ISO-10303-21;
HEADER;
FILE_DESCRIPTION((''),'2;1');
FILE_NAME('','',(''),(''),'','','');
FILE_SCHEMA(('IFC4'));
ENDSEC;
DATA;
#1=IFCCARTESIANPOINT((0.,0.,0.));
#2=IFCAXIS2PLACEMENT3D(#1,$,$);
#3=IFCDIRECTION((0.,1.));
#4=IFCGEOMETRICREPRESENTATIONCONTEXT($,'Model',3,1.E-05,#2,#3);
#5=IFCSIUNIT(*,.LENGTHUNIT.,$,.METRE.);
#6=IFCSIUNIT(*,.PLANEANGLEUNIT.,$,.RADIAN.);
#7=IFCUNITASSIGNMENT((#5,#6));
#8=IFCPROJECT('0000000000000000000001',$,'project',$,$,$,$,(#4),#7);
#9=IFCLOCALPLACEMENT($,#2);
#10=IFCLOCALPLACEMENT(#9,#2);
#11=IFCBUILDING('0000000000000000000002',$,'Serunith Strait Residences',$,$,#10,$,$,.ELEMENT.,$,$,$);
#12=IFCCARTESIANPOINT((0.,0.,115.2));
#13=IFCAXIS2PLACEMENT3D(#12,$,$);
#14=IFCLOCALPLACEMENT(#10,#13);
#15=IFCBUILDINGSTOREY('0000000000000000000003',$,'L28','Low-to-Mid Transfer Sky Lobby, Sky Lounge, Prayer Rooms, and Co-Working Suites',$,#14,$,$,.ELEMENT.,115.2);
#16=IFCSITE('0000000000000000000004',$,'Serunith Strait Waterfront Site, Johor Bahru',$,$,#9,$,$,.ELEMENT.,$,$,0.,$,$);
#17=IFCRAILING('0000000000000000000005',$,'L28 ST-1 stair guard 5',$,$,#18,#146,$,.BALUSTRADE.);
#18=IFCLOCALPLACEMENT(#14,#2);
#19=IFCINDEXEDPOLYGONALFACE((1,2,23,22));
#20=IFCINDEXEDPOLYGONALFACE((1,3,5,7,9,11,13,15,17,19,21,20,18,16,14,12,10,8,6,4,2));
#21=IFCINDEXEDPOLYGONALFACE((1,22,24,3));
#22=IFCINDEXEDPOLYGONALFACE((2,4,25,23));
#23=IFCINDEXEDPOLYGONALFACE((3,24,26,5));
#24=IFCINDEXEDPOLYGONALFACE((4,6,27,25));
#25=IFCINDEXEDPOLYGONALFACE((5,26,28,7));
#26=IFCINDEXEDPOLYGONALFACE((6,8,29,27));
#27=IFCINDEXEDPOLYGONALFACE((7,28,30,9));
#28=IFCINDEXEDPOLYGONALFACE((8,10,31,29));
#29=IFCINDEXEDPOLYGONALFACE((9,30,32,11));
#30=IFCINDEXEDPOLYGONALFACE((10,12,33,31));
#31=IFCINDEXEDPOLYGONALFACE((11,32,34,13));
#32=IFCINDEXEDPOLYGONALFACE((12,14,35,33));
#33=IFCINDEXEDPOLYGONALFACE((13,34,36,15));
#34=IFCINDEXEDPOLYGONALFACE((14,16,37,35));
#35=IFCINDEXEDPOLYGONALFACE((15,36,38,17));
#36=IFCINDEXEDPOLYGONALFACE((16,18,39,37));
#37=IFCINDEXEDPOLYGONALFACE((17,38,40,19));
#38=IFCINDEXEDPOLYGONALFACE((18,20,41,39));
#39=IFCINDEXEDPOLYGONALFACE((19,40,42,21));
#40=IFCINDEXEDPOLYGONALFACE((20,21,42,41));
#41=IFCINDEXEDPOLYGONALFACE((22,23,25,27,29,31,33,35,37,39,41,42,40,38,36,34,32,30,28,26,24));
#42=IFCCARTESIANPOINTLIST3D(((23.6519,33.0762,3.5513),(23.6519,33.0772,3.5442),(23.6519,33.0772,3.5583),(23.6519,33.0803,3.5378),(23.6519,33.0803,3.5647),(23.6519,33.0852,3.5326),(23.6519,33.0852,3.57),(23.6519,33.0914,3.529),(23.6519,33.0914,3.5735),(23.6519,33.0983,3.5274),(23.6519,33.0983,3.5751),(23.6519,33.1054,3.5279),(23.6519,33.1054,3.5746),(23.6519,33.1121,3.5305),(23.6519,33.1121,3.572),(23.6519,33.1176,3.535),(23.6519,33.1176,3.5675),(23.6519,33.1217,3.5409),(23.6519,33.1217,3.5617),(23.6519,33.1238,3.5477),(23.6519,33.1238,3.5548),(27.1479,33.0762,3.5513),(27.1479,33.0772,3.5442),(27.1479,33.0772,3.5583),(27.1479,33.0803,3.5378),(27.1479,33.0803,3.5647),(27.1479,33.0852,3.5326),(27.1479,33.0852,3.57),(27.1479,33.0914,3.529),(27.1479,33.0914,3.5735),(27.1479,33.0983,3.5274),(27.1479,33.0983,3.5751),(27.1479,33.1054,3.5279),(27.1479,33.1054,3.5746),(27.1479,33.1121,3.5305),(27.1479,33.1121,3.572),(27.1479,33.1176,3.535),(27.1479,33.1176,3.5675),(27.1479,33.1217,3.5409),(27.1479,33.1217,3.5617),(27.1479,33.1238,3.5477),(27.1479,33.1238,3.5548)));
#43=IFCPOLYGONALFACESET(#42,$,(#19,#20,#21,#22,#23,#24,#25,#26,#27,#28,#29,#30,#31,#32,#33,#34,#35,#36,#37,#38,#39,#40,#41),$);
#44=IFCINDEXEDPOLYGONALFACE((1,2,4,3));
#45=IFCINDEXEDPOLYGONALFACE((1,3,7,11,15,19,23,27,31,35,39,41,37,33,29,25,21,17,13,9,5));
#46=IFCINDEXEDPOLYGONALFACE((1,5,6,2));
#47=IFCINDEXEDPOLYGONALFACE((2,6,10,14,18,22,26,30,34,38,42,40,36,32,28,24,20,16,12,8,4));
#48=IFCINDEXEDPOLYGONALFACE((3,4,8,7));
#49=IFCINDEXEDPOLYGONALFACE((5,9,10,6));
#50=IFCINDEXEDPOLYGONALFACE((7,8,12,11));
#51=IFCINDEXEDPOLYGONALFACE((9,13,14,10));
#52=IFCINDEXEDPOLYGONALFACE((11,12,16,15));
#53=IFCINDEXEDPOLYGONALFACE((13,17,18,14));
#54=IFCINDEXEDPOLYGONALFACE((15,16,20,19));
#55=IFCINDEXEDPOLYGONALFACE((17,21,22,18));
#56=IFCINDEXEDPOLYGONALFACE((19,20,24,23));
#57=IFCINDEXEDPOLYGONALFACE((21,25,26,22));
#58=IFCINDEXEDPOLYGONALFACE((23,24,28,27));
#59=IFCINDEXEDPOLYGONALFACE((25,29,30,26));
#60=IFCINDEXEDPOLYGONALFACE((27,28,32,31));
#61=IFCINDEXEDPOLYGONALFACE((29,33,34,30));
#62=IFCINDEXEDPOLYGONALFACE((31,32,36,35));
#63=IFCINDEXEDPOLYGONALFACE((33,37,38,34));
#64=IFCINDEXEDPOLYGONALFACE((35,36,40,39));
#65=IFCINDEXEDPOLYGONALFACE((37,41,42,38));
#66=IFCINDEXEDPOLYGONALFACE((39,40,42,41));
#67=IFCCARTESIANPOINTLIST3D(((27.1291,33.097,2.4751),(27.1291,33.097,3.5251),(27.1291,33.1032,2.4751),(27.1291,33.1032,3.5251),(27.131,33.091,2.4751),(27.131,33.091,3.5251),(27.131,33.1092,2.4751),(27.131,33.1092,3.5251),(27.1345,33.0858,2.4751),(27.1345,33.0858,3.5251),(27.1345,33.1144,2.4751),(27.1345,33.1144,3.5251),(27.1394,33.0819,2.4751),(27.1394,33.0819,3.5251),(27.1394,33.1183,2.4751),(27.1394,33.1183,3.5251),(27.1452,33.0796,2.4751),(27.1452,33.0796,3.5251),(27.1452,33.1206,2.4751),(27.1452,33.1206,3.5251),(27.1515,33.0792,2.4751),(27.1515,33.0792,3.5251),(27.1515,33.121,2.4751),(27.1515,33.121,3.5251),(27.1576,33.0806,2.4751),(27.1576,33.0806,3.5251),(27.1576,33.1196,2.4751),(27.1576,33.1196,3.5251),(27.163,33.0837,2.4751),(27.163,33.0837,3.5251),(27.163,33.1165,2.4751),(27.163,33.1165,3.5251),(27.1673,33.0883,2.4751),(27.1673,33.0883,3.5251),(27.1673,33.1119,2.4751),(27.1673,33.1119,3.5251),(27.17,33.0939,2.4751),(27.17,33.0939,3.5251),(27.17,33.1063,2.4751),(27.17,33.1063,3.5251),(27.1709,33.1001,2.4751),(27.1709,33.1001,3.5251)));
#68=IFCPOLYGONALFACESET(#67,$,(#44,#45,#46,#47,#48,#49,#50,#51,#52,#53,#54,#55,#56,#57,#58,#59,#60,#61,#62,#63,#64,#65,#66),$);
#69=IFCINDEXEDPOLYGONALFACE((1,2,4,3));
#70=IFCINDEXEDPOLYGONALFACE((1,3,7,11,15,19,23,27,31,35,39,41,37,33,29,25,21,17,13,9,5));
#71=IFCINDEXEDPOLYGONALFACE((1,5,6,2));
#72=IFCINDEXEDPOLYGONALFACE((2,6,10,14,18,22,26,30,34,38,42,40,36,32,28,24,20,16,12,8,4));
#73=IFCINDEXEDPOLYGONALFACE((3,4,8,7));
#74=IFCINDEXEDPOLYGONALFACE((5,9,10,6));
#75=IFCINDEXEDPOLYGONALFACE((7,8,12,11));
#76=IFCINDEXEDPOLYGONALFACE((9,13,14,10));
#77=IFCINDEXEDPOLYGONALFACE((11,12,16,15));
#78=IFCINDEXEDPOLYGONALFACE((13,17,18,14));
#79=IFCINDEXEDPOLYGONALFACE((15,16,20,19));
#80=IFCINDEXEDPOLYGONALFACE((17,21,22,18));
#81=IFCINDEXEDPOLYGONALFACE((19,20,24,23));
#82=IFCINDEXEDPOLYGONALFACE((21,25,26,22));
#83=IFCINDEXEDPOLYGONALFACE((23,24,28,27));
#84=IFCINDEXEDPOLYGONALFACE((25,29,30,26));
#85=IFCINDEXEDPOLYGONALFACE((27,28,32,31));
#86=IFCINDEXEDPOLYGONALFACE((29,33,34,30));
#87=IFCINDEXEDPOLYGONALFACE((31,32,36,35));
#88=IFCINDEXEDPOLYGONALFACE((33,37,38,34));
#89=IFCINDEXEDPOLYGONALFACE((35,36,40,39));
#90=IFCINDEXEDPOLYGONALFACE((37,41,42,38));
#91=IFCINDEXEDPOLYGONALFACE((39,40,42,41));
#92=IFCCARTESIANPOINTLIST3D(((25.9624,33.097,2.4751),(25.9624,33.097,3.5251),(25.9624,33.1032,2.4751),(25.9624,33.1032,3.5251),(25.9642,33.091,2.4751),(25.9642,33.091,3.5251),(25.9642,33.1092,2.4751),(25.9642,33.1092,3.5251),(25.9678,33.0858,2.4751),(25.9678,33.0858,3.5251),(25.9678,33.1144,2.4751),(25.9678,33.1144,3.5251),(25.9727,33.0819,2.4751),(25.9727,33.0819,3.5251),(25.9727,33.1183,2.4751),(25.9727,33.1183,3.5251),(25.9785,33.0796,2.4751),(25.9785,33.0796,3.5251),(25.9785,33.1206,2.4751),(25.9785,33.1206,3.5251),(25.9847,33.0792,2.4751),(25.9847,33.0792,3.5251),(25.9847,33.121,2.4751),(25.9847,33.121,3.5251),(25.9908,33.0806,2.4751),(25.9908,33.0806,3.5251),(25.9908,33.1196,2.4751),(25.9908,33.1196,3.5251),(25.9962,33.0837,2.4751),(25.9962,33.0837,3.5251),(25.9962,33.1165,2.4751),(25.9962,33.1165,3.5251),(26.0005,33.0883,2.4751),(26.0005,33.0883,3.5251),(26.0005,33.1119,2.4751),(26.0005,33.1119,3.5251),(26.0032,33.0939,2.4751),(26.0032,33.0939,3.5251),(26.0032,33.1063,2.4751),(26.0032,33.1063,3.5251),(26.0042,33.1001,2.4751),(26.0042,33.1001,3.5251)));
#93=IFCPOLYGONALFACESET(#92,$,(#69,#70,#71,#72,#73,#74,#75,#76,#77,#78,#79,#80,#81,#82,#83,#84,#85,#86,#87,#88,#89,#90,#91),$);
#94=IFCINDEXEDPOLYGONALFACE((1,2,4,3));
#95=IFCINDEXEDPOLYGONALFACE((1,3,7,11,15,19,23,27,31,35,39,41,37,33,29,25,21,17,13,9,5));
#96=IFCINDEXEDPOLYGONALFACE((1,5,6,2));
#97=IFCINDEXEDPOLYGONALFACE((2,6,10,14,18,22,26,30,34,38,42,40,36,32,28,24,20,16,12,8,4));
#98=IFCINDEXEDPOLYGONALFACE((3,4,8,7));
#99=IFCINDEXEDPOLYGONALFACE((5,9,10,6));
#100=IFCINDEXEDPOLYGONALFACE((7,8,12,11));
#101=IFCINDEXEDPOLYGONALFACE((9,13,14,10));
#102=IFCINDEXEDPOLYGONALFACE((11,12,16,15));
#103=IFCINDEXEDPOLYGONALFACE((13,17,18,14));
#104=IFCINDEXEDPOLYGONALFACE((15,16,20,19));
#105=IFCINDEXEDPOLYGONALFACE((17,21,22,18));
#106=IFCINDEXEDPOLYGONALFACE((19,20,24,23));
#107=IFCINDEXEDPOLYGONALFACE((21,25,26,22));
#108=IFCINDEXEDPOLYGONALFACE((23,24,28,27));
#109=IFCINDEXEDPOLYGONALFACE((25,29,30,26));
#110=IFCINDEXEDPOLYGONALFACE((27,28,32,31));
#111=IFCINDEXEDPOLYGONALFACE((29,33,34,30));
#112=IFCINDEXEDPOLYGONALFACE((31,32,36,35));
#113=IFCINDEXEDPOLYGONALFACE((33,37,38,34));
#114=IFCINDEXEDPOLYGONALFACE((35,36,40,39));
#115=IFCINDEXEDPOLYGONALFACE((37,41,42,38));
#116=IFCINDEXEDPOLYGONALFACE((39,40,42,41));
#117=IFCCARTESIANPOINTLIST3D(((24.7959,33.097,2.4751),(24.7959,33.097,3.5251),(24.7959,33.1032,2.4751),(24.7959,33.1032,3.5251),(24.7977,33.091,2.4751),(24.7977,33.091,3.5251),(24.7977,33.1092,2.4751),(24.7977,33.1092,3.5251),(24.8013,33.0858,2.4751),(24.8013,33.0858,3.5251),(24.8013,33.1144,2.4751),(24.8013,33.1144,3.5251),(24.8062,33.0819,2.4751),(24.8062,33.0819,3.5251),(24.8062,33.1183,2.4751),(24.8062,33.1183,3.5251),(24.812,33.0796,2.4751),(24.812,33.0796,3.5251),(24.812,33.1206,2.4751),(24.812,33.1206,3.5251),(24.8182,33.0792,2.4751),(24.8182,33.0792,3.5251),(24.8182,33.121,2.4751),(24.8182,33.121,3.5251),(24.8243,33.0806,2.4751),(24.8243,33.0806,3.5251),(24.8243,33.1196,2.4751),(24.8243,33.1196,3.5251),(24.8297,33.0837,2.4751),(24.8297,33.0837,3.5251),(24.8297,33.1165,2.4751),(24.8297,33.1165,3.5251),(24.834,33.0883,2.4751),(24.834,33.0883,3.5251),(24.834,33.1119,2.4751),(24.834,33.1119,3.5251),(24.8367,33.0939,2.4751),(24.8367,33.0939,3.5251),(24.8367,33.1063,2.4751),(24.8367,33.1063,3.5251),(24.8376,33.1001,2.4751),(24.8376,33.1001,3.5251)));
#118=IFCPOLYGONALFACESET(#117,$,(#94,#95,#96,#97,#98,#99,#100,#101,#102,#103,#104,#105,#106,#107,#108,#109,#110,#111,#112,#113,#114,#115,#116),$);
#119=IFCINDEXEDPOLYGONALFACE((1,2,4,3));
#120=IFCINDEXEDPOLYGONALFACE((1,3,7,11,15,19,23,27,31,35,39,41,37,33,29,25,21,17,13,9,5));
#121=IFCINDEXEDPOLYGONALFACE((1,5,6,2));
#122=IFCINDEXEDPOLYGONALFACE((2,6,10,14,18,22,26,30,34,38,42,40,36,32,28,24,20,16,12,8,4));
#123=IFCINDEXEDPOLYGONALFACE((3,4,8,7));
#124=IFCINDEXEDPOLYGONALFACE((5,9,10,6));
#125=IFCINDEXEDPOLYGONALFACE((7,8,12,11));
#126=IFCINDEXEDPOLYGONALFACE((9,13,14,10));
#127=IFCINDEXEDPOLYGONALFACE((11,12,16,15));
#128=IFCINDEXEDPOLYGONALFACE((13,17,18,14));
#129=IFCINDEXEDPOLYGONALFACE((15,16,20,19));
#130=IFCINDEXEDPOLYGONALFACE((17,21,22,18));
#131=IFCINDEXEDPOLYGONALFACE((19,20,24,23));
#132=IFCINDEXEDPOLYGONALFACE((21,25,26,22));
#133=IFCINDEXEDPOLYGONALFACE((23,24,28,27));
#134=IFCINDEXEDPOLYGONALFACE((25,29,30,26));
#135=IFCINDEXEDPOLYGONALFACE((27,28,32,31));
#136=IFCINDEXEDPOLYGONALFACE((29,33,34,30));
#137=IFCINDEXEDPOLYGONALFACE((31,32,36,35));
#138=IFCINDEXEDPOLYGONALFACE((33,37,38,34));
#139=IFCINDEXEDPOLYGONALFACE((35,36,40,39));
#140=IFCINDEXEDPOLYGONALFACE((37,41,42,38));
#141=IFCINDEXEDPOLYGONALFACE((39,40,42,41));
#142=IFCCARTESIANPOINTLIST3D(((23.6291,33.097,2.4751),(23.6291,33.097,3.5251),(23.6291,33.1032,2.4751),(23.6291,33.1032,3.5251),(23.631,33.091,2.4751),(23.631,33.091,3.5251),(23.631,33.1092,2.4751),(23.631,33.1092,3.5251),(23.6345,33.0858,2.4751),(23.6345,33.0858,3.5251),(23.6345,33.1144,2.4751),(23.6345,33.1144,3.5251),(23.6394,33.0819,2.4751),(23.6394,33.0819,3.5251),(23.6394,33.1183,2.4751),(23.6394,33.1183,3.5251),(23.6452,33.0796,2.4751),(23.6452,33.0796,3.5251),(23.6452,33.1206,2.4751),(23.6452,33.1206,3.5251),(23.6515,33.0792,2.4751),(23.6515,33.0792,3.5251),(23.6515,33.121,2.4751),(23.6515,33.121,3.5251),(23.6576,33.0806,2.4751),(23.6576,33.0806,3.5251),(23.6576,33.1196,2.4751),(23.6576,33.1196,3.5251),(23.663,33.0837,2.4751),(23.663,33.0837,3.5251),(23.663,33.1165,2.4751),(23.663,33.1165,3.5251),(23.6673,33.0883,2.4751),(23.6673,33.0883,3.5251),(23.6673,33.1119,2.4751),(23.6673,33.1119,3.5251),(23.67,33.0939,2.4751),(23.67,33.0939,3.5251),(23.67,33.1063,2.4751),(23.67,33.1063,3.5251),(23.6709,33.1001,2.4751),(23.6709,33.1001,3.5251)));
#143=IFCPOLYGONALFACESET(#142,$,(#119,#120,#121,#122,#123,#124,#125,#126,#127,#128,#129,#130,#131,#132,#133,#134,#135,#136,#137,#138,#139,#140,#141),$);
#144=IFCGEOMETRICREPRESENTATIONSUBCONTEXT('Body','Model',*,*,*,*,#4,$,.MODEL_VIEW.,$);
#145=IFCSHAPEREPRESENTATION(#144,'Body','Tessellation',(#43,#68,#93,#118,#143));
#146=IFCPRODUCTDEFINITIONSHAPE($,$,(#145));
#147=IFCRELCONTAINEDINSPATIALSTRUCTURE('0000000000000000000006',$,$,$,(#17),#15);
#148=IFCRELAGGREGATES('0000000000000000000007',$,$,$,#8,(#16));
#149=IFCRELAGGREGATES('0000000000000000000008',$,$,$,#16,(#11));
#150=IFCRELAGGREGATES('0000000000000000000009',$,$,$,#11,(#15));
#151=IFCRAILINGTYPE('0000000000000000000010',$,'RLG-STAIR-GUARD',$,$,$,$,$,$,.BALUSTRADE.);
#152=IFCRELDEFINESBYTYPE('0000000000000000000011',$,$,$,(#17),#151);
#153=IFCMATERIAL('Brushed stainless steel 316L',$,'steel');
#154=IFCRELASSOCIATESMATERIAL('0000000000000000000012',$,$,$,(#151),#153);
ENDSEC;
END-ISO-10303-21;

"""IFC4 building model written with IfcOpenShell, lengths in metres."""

from ifc_helpers import new_model, si_unit, direction, frame, origin, origin_2d, place, context, subcontext, project, spatial, circle, extrude, material, type_object, element, save


model = new_model("IFC4")

# Units and contexts
model_context = context("Model", 3, precision=1e-05, world=origin(), true_north=direction((0.0, 1.0)))
body_context = subcontext(model_context, "Body", "Model", "MODEL_VIEW")
ifc_project = project(units=[si_unit("LENGTHUNIT", "METRE"), si_unit("PLANEANGLEUNIT", "RADIAN")], contexts=[model_context])

# Site, building, storey
site_placement = place(None, origin())
site = spatial("IfcSite", under=ifc_project, at=site_placement, Name="Serunith Strait Waterfront Site, Johor Bahru", CompositionType="ELEMENT", RefElevation=0.0)
building_placement = place(site_placement, origin())
building = spatial("IfcBuilding", under=site, at=building_placement, Name="Serunith Strait Residences", CompositionType="ELEMENT")
storey_placement = place(building_placement, frame((0.0, 0.0, 115.2)))
storey = spatial("IfcBuildingStorey", under=building, at=storey_placement, Name="L28", Description="Low-to-Mid Transfer Sky Lobby, Sky Lounge, Prayer Rooms, and Co-Working Suites", CompositionType="ELEMENT", Elevation=115.2)

# Railing
ifc_material_1 = material(Name="Brushed stainless steel 316L", Category="steel")
railing_type_1 = type_object("IfcRailingType", Name="RLG-STAIR-GUARD", PredefinedType="BALUSTRADE", material=ifc_material_1)
railing_1_placement = place(storey_placement, frame((27.1499, 33.1001, 2.4751)))
element("IfcRailing", 1, at=railing_1_placement, inside=storey, type_object=railing_type_1, Name="L28 ST-1 stair guard 5", PredefinedType="BALUSTRADE", context=body_context, shape_type="SweptSolid", body=[
    extrude(circle(Radius=0.0239, at=origin_2d()), frame((-0.002, 0.0, 1.0762), z_axis=(-1.0, 0.0, 0.0), x_axis=(0.0, -1.0, 0.0)), (0.0, 0.0, 1.0), 3.4961),
    extrude(circle(Radius=0.021, at=origin_2d()), origin(), (0.0, 0.0, 1.0), 1.05),
    extrude(circle(Radius=0.021, at=origin_2d()), frame((-1.1667, 0.0, 0.0)), (0.0, 0.0, 1.0), 1.05),
    extrude(circle(Radius=0.021, at=origin_2d()), frame((-2.3333, 0.0, 0.0)), (0.0, 0.0, 1.0), 1.05),
    extrude(circle(Radius=0.021, at=origin_2d()), frame((-3.5, 0.0, 0.0)), (0.0, 0.0, 1.0), 1.05),
])

save(model, "model.ifc")
